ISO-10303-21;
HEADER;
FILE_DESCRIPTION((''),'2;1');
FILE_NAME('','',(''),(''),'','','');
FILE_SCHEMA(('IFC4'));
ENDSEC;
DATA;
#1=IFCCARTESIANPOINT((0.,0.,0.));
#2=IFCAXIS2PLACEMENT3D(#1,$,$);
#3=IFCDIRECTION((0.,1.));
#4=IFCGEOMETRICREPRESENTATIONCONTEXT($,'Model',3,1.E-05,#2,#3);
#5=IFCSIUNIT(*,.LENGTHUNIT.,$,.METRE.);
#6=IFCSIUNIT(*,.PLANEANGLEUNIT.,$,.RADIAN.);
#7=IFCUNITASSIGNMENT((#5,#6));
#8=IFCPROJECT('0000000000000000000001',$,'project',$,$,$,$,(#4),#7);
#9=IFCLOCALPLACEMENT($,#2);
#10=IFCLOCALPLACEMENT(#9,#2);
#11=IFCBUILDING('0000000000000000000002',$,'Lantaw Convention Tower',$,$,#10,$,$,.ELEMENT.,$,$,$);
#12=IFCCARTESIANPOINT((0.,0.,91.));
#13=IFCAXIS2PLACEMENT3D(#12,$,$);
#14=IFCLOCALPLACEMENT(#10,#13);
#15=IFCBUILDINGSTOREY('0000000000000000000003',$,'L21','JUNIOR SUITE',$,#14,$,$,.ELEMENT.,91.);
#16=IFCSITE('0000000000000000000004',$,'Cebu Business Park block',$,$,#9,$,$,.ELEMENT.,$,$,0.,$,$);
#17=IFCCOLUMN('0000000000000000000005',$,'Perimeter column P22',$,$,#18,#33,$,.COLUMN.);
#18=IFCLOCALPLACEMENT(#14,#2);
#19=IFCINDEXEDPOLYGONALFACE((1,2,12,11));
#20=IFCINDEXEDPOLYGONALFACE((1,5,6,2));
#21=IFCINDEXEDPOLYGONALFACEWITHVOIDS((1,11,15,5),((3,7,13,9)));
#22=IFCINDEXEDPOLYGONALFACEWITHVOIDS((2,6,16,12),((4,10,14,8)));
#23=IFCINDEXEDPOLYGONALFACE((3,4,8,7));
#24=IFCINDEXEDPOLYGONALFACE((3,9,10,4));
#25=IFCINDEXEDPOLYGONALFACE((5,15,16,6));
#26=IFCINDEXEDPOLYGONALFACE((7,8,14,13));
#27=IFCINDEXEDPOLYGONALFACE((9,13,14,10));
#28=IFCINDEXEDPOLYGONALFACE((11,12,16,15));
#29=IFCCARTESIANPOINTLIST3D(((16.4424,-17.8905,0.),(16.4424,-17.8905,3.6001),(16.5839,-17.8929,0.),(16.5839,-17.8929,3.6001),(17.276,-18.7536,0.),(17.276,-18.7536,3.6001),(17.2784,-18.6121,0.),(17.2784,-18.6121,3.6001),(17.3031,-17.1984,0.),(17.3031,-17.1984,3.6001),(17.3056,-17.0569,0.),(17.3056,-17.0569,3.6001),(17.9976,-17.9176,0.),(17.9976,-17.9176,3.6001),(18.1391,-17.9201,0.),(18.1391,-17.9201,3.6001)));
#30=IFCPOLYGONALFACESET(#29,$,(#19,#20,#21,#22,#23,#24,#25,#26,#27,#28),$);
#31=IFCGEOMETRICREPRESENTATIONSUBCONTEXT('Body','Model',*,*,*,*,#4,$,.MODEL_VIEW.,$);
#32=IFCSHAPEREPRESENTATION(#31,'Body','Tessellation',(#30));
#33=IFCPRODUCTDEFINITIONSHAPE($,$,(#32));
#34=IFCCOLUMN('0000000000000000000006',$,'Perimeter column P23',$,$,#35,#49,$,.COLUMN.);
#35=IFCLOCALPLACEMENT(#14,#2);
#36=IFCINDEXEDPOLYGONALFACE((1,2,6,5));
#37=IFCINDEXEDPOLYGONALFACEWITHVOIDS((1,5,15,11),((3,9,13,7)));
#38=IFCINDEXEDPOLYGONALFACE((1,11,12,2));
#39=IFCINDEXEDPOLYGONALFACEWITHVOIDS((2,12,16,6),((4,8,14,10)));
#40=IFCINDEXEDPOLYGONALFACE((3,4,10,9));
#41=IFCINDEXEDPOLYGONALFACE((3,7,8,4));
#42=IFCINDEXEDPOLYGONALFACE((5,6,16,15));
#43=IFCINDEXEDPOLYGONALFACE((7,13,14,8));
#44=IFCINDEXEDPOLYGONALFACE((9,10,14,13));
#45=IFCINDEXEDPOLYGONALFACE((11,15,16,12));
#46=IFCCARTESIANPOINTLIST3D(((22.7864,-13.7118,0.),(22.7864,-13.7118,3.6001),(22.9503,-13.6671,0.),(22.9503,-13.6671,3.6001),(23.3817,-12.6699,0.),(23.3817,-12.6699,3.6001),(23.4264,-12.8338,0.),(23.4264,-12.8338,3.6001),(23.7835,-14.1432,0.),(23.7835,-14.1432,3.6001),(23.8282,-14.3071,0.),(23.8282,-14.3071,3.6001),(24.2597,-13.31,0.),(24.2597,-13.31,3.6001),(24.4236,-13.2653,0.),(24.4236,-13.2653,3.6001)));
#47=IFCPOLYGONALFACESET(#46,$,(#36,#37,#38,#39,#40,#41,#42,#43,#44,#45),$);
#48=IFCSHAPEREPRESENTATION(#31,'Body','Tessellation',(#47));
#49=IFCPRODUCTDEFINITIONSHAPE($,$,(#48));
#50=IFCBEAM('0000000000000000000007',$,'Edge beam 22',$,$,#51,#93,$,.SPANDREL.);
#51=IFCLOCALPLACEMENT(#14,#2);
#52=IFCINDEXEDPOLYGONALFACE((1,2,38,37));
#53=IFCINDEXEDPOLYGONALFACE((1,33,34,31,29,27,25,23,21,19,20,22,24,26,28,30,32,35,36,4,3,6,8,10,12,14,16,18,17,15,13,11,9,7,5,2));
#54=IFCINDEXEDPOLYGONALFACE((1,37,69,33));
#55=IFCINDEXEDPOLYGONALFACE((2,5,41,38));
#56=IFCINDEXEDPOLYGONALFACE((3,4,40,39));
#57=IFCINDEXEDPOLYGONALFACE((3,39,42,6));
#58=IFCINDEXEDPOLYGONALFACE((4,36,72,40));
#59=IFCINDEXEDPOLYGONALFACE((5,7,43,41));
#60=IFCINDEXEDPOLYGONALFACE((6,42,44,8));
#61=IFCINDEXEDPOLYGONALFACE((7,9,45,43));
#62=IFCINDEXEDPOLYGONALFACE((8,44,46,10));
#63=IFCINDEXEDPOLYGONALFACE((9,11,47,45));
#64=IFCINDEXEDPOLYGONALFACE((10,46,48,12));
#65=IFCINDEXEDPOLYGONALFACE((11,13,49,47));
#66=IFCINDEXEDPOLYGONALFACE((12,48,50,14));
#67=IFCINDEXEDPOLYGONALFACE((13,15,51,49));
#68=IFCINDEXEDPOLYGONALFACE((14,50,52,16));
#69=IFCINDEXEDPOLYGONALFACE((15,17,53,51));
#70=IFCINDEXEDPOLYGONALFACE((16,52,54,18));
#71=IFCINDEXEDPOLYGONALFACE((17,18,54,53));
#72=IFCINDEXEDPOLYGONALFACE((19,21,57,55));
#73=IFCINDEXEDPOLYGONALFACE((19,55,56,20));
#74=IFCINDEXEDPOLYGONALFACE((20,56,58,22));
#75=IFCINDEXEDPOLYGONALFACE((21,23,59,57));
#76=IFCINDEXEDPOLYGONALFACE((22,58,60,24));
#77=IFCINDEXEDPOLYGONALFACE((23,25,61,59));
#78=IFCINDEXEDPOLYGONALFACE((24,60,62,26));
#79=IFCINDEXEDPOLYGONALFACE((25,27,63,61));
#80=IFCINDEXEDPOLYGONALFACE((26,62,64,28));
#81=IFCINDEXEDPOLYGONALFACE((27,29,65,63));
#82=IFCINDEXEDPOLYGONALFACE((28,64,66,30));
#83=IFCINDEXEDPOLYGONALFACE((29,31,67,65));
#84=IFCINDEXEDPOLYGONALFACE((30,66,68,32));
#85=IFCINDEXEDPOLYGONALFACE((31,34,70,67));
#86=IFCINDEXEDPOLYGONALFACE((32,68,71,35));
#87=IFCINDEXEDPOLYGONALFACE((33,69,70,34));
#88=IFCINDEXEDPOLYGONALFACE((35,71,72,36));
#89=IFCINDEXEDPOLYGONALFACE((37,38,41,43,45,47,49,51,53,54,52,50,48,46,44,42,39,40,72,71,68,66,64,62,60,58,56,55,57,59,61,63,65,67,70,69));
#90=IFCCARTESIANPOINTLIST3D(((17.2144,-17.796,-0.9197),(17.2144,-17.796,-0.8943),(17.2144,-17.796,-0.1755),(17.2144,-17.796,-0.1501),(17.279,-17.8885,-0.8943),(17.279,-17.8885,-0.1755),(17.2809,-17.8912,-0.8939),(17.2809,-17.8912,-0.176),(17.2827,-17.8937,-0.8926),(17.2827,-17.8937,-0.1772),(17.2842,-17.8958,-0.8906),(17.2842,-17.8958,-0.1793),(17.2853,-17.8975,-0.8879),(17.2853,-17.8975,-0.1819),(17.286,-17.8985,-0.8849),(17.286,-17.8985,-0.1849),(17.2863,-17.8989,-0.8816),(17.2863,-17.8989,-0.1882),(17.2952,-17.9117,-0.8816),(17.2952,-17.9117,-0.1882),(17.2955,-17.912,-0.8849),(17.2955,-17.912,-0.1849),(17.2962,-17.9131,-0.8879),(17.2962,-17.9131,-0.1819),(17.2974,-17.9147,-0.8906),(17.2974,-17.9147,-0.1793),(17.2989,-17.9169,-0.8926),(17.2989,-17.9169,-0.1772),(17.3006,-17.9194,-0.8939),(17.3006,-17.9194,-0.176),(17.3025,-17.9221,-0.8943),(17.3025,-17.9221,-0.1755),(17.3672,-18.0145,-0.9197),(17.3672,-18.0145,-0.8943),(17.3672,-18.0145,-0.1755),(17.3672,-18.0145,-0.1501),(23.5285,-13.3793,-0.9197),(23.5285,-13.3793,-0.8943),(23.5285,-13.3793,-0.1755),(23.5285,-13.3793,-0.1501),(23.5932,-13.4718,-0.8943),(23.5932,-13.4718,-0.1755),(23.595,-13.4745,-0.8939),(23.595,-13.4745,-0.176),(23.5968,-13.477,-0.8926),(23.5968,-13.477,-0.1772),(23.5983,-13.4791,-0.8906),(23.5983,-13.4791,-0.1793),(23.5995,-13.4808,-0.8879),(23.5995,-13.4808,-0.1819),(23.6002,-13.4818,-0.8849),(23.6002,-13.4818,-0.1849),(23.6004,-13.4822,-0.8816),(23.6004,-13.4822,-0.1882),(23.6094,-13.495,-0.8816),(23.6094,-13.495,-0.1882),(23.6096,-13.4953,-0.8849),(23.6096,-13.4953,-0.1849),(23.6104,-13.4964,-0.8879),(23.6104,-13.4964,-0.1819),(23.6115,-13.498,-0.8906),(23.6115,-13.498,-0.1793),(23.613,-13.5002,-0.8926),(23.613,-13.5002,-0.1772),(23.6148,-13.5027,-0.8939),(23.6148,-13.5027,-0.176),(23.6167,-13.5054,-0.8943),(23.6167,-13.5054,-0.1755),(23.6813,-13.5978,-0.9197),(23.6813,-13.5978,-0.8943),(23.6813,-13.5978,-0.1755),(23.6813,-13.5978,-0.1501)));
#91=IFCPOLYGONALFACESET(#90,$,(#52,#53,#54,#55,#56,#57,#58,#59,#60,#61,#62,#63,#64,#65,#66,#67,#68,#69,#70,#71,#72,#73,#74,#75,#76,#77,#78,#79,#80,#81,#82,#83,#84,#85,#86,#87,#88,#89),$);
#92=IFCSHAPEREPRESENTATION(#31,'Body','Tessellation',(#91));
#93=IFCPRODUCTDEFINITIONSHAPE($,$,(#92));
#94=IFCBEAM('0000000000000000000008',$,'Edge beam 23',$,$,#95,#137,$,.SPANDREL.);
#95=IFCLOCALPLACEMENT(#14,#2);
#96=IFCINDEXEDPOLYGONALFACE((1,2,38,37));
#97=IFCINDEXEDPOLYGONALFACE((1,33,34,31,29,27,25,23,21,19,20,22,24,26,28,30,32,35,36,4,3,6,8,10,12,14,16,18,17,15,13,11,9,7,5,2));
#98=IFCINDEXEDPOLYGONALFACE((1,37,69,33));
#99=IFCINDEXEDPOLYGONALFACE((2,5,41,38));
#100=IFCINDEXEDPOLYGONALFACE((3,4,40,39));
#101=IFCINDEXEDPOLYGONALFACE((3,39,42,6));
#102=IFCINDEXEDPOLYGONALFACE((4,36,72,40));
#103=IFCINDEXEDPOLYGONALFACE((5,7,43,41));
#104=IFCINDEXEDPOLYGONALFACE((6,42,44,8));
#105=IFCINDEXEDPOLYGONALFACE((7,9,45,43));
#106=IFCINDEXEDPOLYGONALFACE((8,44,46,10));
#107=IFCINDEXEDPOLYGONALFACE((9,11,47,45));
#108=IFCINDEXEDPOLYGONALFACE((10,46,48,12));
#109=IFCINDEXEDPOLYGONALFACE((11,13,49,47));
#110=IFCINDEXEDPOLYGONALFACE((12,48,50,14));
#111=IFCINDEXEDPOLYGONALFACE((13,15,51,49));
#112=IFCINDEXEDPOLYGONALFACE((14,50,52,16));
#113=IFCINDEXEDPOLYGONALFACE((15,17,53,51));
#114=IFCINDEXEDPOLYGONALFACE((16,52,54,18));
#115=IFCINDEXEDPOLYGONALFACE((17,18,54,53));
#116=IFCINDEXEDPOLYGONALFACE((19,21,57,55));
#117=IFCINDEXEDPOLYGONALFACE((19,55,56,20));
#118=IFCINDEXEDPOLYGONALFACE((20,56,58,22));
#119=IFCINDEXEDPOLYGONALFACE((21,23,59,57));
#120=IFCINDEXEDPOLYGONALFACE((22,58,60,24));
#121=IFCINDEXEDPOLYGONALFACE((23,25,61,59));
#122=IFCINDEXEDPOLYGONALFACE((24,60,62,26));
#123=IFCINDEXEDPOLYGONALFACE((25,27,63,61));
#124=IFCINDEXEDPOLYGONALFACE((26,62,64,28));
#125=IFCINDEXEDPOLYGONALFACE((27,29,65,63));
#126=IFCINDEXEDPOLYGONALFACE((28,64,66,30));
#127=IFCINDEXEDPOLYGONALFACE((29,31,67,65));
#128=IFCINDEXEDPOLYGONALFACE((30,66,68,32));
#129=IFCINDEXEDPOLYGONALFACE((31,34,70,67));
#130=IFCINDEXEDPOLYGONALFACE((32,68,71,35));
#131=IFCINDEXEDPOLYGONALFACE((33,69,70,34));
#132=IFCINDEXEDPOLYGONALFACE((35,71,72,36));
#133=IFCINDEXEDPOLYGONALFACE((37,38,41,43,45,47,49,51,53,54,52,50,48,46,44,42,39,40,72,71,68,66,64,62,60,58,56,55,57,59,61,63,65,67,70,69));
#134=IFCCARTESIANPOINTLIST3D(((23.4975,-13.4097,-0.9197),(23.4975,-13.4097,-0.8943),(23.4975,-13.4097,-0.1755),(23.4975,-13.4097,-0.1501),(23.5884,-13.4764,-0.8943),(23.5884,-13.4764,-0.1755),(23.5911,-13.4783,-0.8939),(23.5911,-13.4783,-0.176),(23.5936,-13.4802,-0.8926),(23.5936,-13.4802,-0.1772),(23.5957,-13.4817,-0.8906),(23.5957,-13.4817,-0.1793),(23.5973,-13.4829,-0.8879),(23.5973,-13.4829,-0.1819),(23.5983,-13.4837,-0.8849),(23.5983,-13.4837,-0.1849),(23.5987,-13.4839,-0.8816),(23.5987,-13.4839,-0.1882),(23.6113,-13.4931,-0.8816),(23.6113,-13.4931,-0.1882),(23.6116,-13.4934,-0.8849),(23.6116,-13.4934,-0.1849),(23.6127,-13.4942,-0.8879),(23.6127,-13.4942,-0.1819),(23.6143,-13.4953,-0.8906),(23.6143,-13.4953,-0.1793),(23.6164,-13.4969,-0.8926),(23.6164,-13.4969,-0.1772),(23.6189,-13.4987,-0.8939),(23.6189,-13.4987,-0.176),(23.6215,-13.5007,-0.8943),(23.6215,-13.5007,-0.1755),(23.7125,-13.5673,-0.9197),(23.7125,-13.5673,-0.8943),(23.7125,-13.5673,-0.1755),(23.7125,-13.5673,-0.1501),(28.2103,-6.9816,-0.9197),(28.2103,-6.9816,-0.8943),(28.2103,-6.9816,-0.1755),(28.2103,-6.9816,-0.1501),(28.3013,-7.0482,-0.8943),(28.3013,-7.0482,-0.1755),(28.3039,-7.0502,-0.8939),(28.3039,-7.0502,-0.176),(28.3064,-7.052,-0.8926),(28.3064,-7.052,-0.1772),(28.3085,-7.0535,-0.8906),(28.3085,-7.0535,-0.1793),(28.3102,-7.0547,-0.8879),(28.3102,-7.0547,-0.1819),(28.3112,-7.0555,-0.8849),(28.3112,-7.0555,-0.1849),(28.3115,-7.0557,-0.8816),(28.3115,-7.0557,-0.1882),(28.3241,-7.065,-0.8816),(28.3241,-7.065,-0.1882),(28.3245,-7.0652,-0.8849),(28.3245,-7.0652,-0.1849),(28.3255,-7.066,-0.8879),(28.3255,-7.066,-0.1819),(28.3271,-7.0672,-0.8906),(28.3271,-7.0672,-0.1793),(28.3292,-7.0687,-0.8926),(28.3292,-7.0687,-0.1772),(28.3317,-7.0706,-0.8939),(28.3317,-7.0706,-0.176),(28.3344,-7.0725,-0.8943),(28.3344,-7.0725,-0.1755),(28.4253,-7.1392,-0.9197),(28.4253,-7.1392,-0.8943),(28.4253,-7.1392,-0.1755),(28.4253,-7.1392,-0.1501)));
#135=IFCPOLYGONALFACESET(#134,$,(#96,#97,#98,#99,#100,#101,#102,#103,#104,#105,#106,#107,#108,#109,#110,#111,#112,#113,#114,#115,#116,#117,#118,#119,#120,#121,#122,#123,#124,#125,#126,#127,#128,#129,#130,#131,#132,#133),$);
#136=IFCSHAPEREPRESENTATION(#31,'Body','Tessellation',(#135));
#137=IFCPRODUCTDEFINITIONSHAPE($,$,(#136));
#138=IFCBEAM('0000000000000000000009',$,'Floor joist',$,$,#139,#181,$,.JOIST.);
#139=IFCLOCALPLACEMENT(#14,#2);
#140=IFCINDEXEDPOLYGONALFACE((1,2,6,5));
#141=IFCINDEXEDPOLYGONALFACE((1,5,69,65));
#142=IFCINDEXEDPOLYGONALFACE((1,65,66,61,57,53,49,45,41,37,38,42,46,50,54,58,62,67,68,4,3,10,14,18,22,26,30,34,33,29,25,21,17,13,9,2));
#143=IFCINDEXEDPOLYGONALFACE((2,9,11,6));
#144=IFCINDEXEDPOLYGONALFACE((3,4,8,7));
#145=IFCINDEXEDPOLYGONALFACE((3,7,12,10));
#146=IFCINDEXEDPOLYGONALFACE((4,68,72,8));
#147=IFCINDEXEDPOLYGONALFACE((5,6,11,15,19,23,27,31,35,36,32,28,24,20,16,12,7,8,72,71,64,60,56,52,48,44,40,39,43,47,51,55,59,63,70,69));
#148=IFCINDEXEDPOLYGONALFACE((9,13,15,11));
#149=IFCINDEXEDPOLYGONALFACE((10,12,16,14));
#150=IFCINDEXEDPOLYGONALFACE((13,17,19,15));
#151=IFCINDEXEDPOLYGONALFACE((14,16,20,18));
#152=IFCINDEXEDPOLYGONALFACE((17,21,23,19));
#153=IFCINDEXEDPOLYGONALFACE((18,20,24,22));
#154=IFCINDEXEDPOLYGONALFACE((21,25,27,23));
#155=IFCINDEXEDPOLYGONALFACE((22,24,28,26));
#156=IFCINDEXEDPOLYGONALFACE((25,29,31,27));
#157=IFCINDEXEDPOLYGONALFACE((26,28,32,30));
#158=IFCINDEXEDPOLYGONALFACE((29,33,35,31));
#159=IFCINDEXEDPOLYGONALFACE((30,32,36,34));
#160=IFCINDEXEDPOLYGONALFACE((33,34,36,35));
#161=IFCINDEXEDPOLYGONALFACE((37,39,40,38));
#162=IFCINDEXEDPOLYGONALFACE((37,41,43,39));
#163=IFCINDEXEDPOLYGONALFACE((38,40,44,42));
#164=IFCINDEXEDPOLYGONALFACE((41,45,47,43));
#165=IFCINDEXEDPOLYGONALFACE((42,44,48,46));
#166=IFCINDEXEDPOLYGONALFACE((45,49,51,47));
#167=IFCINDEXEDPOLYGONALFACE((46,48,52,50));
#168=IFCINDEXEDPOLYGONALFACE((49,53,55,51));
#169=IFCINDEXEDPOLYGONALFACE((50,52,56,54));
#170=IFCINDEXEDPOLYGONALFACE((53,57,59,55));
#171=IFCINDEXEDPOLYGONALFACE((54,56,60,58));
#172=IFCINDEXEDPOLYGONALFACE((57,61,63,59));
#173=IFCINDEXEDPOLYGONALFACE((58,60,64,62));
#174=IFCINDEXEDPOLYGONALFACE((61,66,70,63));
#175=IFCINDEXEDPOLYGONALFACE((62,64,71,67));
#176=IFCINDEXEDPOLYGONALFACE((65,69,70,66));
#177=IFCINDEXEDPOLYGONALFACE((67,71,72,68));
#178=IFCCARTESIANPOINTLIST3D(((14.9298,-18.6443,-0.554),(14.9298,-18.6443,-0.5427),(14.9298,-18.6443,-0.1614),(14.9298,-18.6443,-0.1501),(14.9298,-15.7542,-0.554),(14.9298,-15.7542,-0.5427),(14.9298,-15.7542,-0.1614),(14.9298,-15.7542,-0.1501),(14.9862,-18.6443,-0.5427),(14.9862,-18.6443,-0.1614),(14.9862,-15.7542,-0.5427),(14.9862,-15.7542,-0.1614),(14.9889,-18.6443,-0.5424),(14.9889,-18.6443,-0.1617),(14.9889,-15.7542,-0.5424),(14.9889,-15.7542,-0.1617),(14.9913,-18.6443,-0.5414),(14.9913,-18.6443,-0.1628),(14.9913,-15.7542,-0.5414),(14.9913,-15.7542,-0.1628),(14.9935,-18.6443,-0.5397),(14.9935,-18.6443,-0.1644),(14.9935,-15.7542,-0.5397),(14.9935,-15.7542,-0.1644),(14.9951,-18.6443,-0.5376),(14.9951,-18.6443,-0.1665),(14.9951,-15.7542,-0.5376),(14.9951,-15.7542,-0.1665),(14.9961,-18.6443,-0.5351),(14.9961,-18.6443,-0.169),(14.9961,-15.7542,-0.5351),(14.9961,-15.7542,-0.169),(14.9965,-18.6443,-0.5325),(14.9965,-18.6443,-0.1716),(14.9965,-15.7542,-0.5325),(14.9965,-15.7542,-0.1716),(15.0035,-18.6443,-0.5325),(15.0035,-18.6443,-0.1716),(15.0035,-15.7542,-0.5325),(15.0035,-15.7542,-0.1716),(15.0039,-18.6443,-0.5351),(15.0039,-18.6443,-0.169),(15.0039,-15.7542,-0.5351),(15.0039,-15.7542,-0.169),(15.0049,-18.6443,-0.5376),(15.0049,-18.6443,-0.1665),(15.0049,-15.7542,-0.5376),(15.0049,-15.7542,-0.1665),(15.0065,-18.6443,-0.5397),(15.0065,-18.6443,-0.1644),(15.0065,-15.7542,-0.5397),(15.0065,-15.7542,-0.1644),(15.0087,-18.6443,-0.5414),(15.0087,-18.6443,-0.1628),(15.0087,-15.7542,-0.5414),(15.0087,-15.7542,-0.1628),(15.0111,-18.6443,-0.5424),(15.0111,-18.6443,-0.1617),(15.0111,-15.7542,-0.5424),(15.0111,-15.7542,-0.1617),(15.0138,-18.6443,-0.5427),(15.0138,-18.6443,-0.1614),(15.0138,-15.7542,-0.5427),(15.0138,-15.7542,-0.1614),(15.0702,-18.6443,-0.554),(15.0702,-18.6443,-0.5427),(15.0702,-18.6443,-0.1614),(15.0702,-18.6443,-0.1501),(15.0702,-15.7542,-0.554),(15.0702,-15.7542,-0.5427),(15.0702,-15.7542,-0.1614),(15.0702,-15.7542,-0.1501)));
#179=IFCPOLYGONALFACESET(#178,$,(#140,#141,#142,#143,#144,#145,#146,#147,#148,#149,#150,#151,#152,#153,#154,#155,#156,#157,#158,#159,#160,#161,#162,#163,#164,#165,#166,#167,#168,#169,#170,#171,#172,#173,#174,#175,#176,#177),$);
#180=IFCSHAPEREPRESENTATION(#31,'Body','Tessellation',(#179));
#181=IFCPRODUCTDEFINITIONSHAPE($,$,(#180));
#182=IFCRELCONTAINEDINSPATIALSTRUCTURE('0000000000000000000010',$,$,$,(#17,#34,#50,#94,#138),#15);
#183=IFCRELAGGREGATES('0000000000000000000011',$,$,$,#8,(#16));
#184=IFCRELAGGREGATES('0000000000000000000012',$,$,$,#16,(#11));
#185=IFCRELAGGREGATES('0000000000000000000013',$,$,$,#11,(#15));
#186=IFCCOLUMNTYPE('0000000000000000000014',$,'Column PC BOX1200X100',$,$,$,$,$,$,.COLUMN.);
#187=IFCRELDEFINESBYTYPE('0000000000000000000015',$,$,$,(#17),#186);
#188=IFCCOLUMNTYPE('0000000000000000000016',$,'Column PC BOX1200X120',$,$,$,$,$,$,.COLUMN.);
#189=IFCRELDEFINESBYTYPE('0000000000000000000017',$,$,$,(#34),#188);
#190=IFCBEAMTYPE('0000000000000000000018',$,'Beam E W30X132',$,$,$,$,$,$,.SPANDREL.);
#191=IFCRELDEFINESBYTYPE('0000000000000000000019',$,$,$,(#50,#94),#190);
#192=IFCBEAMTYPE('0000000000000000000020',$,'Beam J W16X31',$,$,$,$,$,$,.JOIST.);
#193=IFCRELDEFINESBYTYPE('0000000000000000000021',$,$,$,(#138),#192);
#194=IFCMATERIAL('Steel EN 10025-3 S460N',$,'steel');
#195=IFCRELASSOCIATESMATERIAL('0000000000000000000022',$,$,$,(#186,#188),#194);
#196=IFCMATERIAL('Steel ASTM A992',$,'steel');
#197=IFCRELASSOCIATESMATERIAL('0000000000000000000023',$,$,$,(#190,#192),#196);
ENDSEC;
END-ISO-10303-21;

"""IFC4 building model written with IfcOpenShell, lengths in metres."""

from ifc_helpers import new_model, si_unit, direction, frame, origin, origin_2d, place, context, subcontext, project, spatial, rectangle, hollow_rectangle, i_section, extrude, material, material_profile, profile_set, type_object, element, save


model = new_model("IFC4")

# Units and contexts
model_context = context("Model", 3, precision=1e-05, world=origin(), true_north=direction((0.0, 1.0)))
body_context = subcontext(model_context, "Body", "Model", "MODEL_VIEW")
ifc_project = project(units=[si_unit("LENGTHUNIT", "METRE"), si_unit("PLANEANGLEUNIT", "RADIAN")], contexts=[model_context])

# Site, building, storey
site_placement = place(None, origin())
site = spatial("IfcSite", under=ifc_project, at=site_placement, Name="Cebu Business Park block", CompositionType="ELEMENT", RefElevation=0.0)
building_placement = place(site_placement, origin())
building = spatial("IfcBuilding", under=site, at=building_placement, Name="Lantaw Convention Tower", CompositionType="ELEMENT")
storey_placement = place(building_placement, frame((0.0, 0.0, 91.0)))
storey = spatial("IfcBuildingStorey", under=building, at=storey_placement, Name="L21", Description="JUNIOR SUITE", CompositionType="ELEMENT", Elevation=91.0)

# Columns
ifc_material_1 = material(Name="Steel EN 10025-3 S460N", Category="steel")
ifc_material_profile_1 = material_profile(ifc_material_1, hollow_rectangle(XDim=1.2, YDim=1.2, WallThickness=0.1001, at=origin_2d()), Name="BOX1200X100")
ifc_material_2 = material(Name="Concrete C60/75", Category="concrete")
ifc_material_profile_2 = material_profile(ifc_material_2, rectangle(XDim=1.0, YDim=1.0, at=origin_2d()), Name="Concrete fill of BOX1200X100")
ifc_profile_set_1 = profile_set([ifc_material_profile_1, ifc_material_profile_2], Name="Steel EN 10025-3 S460N")
column_type_1 = type_object("IfcColumnType", Name="Column PC BOX1200X100", PredefinedType="COLUMN", material=ifc_profile_set_1)
column_1_placement = place(storey_placement, frame((17.2908, -17.9053, 0.0), z_axis=(0.0, 0.0, 1.0), x_axis=(0.71934, 0.694658, 0.0)))
element("IfcColumn", 1, at=column_1_placement, inside=storey, type_object=column_type_1, Name="Perimeter column P22", PredefinedType="COLUMN", context=body_context, shape_type="SweptSolid", body=[
    extrude(hollow_rectangle(XDim=1.2, YDim=1.2, WallThickness=0.1001, at=origin_2d()), origin(), (0.0, 0.0, 1.0), 3.6001),
])
ifc_material_profile_3 = material_profile(ifc_material_1, hollow_rectangle(XDim=1.2, YDim=1.2, WallThickness=0.1201, at=origin_2d()), Name="BOX1200X120")
ifc_material_profile_4 = material_profile(ifc_material_2, rectangle(XDim=0.96, YDim=0.96, at=origin_2d()), Name="Concrete fill of BOX1200X120")
ifc_profile_set_2 = profile_set([ifc_material_profile_3, ifc_material_profile_4], Name="Steel EN 10025-3 S460N")
column_type_2 = type_object("IfcColumnType", Name="Column PC BOX1200X120", PredefinedType="COLUMN", material=ifc_profile_set_2)
column_2_placement = place(storey_placement, frame((23.605, -13.4885, 0.0), z_axis=(0.0, 0.0, 1.0), x_axis=(0.496139, 0.868243, 0.0)))
element("IfcColumn", 2, at=column_2_placement, inside=storey, type_object=column_type_2, Name="Perimeter column P23", PredefinedType="COLUMN", context=body_context, shape_type="SweptSolid", body=[
    extrude(hollow_rectangle(XDim=1.2, YDim=1.2, WallThickness=0.1201, at=origin_2d()), origin(), (0.0, 0.0, 1.0), 3.6001),
])

# Beams
ifc_material_3 = material(Name="Steel ASTM A992", Category="steel")
ifc_material_profile_5 = material_profile(ifc_material_3, i_section(OverallWidth=0.2666, OverallDepth=0.7695, WebThickness=0.0156, FlangeThickness=0.0254, FilletRadius=0.0127, at=origin_2d()), Name="W30X132")
ifc_profile_set_3 = profile_set([ifc_material_profile_5], Name="Steel ASTM A992")
beam_type_1 = type_object("IfcBeamType", Name="Beam E W30X132", PredefinedType="SPANDREL", material=ifc_profile_set_3)
beam_1_placement = place(storey_placement, frame((17.2908, -17.9053, -0.5349), z_axis=(0.819427, 0.573184, 0.0), x_axis=(-0.573184, 0.819427, 0.0)))
element("IfcBeam", 3, at=beam_1_placement, inside=storey, type_object=beam_type_1, Name="Edge beam 22", PredefinedType="SPANDREL", context=body_context, shape_type="SweptSolid", body=[
    extrude(i_section(OverallWidth=0.2666, OverallDepth=0.7695, WebThickness=0.0156, FlangeThickness=0.0254, FilletRadius=0.0127, at=origin_2d()), origin(), (0.0, 0.0, 1.0), 7.7056),
])
beam_2_placement = place(storey_placement, frame((23.605, -13.4885, -0.5349), z_axis=(0.591271, 0.806473, 0.0), x_axis=(-0.806473, 0.591271, 0.0)))
element("IfcBeam", 4, at=beam_2_placement, inside=storey, type_object=beam_type_1, Name="Edge beam 23", PredefinedType="SPANDREL", context=body_context, shape_type="SweptSolid", body=[
    extrude(i_section(OverallWidth=0.2666, OverallDepth=0.7695, WebThickness=0.0156, FlangeThickness=0.0254, FilletRadius=0.0127, at=origin_2d()), origin(), (0.0, 0.0, 1.0), 7.9707),
])
ifc_material_profile_6 = material_profile(ifc_material_3, i_section(OverallWidth=0.1404, OverallDepth=0.4038, WebThickness=0.0071, FlangeThickness=0.0112, FilletRadius=0.0103, at=origin_2d()), Name="W16X31")
ifc_profile_set_4 = profile_set([ifc_material_profile_6], Name="Steel ASTM A992")
beam_type_2 = type_object("IfcBeamType", Name="Beam J W16X31", PredefinedType="JOIST", material=ifc_profile_set_4)
beam_3_placement = place(storey_placement, frame((15.0, -18.6443, -0.3521), z_axis=(0.0, 1.0, 0.0), x_axis=(-1.0, 0.0, 0.0)))
element("IfcBeam", 5, at=beam_3_placement, inside=storey, type_object=beam_type_2, Name="Floor joist", PredefinedType="JOIST", context=body_context, shape_type="SweptSolid", body=[
    extrude(i_section(OverallWidth=0.1404, OverallDepth=0.4038, WebThickness=0.0071, FlangeThickness=0.0112, FilletRadius=0.0103, at=origin_2d()), origin(), (0.0, 0.0, 1.0), 2.8901),
])

save(model, "model.ifc")
